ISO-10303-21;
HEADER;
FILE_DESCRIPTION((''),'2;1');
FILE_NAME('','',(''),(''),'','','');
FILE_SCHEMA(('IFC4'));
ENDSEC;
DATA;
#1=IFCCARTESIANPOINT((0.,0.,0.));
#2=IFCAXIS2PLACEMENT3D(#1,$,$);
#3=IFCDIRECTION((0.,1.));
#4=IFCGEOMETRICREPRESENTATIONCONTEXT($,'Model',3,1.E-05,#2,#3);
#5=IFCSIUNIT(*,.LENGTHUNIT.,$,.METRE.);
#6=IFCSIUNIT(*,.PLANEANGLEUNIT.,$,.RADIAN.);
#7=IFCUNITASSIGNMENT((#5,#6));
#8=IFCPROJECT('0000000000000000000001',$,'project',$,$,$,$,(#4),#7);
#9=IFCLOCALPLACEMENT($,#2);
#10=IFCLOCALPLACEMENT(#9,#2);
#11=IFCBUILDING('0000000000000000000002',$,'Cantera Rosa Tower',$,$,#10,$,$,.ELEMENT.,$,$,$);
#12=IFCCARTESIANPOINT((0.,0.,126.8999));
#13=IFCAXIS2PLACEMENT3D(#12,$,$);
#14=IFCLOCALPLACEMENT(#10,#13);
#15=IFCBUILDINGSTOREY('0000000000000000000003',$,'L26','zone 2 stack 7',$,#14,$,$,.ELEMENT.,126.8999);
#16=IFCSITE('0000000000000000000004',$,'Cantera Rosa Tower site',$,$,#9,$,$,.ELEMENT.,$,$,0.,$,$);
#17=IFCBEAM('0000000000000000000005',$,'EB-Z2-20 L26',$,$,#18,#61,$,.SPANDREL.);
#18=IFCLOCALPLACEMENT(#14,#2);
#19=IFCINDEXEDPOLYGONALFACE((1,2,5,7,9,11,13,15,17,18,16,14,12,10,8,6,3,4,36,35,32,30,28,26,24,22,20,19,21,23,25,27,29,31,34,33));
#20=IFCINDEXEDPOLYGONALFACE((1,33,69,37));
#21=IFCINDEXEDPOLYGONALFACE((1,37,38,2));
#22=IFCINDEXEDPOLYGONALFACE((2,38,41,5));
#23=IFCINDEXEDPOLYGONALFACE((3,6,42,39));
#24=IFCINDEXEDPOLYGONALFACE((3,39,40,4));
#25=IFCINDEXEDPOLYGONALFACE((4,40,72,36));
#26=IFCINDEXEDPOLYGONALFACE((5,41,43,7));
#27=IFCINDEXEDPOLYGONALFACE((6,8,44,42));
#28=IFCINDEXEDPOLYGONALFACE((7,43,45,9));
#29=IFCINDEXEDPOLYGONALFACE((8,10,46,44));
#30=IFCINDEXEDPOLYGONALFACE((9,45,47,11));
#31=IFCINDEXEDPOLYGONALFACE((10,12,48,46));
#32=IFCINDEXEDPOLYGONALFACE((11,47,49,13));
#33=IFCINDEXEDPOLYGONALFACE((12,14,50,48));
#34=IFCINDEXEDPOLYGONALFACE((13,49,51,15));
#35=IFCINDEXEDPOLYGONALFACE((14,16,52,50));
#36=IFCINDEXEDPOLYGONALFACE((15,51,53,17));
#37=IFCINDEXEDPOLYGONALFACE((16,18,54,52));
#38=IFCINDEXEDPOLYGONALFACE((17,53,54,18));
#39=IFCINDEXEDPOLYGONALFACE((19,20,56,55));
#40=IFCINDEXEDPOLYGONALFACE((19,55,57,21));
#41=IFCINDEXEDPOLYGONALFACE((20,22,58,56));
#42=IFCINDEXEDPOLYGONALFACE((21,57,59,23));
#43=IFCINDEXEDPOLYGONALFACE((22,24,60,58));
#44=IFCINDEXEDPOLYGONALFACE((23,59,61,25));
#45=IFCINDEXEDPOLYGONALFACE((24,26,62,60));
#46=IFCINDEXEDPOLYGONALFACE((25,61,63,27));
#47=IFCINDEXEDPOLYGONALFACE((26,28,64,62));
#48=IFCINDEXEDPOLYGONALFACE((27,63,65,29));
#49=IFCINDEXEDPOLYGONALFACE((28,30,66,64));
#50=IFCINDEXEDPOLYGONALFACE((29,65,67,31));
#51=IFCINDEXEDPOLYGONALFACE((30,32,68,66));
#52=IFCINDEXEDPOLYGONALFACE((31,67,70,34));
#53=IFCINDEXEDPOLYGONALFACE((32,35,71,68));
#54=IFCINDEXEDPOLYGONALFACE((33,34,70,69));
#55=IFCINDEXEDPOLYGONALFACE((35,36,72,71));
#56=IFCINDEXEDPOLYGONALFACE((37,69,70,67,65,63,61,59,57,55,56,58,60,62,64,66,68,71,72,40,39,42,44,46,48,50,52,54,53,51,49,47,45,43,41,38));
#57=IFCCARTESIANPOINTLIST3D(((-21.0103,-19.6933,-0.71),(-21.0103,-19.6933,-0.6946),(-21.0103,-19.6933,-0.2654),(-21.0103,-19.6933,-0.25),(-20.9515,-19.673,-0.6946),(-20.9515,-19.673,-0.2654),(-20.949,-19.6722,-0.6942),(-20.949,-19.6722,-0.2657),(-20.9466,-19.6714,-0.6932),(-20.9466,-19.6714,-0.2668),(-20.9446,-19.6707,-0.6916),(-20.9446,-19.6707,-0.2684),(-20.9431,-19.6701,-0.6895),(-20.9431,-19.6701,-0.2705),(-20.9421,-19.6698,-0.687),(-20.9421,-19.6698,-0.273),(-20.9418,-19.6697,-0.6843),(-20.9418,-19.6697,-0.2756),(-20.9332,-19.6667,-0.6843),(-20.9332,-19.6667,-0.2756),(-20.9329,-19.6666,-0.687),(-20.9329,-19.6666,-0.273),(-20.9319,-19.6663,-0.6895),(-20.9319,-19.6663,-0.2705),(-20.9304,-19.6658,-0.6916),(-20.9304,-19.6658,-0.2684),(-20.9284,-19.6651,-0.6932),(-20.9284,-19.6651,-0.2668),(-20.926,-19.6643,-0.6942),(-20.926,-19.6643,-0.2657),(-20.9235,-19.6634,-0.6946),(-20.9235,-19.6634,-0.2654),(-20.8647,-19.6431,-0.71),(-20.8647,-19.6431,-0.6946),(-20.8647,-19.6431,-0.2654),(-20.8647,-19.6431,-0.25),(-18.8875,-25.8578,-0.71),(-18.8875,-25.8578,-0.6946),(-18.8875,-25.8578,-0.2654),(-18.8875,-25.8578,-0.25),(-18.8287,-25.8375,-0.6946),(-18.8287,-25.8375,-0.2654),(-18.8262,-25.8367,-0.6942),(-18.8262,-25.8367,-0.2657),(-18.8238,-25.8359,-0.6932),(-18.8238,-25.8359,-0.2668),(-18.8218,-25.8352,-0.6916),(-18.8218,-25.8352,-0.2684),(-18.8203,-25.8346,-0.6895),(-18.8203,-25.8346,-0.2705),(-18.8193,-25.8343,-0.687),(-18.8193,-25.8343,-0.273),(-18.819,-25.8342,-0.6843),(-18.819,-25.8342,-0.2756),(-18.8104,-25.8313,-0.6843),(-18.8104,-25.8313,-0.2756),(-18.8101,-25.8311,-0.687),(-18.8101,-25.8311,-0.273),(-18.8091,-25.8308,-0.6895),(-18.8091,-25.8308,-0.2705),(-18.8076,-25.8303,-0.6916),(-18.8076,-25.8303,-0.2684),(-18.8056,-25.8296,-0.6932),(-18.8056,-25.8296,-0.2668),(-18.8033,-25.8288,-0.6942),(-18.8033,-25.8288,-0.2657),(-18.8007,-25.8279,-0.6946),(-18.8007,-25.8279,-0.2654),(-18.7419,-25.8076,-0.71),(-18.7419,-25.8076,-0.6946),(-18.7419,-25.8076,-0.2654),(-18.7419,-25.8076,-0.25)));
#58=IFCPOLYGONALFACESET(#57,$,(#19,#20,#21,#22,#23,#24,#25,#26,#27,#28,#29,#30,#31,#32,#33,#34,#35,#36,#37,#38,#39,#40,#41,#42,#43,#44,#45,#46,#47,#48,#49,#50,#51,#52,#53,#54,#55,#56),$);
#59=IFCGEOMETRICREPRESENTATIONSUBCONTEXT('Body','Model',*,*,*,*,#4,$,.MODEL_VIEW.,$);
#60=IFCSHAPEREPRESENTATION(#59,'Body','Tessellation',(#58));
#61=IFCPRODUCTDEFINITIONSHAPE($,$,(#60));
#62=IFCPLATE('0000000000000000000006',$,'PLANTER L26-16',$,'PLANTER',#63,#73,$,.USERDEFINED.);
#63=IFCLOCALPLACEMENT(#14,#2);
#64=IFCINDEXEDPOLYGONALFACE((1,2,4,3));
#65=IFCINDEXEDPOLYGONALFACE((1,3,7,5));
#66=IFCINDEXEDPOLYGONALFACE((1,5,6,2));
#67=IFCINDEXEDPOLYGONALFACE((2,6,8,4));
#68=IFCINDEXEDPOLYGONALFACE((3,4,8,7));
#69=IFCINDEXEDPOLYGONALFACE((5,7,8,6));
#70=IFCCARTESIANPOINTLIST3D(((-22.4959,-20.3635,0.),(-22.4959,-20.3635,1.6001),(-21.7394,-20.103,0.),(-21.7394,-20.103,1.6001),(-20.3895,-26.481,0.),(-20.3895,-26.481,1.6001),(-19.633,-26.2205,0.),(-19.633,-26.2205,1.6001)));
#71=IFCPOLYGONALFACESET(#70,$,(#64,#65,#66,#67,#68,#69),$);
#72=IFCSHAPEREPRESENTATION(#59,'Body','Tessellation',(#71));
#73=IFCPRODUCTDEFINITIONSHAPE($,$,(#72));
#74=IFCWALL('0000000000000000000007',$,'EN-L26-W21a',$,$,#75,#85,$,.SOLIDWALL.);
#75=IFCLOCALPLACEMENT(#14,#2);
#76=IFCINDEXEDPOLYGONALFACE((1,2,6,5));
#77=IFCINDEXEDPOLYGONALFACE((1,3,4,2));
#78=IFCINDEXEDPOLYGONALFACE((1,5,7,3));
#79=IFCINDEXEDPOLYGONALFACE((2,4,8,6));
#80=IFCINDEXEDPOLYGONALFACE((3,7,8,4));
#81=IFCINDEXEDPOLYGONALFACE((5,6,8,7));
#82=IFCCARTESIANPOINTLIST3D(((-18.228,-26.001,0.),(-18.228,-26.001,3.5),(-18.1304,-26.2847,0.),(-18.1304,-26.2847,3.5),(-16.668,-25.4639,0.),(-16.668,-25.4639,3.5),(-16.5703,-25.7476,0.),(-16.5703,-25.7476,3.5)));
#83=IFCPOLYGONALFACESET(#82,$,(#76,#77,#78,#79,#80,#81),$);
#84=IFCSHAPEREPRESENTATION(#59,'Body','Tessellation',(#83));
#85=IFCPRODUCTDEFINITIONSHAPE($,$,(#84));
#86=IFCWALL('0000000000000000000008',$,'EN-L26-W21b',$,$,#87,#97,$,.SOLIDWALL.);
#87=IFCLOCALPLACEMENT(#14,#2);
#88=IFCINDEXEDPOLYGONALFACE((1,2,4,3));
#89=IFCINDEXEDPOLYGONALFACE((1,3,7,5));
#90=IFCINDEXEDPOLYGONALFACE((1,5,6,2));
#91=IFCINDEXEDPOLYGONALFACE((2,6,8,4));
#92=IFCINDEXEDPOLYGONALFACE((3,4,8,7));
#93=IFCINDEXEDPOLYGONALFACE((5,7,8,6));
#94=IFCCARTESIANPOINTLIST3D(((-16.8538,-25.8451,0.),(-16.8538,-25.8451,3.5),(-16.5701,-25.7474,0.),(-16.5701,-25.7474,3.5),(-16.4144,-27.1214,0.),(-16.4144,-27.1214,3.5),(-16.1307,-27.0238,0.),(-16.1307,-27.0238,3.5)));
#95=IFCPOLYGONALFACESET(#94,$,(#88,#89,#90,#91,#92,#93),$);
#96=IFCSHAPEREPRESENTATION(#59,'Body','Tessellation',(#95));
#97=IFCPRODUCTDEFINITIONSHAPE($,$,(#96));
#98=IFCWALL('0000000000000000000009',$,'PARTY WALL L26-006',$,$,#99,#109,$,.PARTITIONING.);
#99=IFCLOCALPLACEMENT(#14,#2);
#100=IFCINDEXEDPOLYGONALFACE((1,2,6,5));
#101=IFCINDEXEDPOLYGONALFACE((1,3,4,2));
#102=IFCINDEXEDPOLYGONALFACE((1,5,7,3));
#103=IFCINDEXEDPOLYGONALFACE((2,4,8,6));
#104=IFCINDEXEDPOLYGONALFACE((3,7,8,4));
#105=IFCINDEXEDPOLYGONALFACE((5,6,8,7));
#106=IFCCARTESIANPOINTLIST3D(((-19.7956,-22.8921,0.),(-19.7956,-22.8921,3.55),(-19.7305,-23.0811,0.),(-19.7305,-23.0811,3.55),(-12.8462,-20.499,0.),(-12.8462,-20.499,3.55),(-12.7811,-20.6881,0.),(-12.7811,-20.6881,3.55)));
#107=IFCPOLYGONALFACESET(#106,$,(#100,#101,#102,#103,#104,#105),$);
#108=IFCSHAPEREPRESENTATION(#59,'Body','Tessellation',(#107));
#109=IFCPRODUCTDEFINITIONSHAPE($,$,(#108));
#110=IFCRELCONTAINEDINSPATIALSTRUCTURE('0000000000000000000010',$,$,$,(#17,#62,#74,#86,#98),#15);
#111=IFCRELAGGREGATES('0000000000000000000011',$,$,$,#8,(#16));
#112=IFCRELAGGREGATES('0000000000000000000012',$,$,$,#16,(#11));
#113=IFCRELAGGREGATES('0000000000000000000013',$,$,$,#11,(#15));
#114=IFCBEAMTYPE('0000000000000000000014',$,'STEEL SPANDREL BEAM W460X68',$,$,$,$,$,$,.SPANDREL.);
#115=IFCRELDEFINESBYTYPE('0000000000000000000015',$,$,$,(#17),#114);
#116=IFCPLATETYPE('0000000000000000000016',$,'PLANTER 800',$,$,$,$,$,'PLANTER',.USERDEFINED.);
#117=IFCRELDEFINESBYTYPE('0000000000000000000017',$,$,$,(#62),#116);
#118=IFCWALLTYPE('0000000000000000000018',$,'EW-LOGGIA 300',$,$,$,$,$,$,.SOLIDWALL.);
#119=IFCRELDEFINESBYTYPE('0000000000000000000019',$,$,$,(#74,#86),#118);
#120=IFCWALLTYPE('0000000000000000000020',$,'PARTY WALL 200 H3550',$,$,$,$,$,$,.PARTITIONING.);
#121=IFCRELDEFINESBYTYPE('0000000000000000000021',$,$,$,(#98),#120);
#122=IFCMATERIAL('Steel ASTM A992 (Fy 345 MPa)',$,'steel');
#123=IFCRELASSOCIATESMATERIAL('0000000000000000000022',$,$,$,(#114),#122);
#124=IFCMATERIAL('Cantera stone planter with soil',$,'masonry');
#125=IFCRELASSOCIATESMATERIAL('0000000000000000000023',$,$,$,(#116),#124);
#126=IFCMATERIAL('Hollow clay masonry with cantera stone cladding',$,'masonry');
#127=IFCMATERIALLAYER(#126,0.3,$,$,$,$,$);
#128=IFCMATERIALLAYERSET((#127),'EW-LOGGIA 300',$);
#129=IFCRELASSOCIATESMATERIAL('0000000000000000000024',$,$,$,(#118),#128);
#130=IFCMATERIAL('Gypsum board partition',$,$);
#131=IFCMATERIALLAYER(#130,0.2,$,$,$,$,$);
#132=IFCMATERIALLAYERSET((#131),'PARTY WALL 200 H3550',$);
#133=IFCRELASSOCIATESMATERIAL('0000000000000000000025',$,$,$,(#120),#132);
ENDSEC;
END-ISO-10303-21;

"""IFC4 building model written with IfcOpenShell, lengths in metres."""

from ifc_helpers import new_model, si_unit, direction, frame, frame_2d, origin, origin_2d, place, context, subcontext, project, spatial, rectangle, i_section, extrude, material, layer, layer_set, material_profile, profile_set, type_object, element, save


model = new_model("IFC4")

# Units and contexts
model_context = context("Model", 3, precision=1e-05, world=origin(), true_north=direction((0.0, 1.0)))
body_context = subcontext(model_context, "Body", "Model", "MODEL_VIEW")
ifc_project = project(units=[si_unit("LENGTHUNIT", "METRE"), si_unit("PLANEANGLEUNIT", "RADIAN")], contexts=[model_context])

# Site, building, storey
site_placement = place(None, origin())
site = spatial("IfcSite", under=ifc_project, at=site_placement, Name="Cantera Rosa Tower site", CompositionType="ELEMENT", RefElevation=0.0)
building_placement = place(site_placement, origin())
building = spatial("IfcBuilding", under=site, at=building_placement, Name="Cantera Rosa Tower", CompositionType="ELEMENT")
storey_placement = place(building_placement, frame((0.0, 0.0, 126.8999)))
storey = spatial("IfcBuildingStorey", under=building, at=storey_placement, Name="L26", Description="zone 2 stack 7", CompositionType="ELEMENT", Elevation=126.8999)

# Beam
ifc_material_1 = material(Name="Steel ASTM A992 (Fy 345 MPa)", Category="steel")
ifc_material_profile_1 = material_profile(ifc_material_1, i_section(OverallWidth=0.1541, OverallDepth=0.46, WebThickness=0.009, FlangeThickness=0.0154, FilletRadius=0.0103, at=origin_2d()), Name="W460X68")
ifc_profile_set_1 = profile_set([ifc_material_profile_1], Name="Steel ASTM A992 (Fy 345 MPa)")
beam_type_1 = type_object("IfcBeamType", Name="STEEL SPANDREL BEAM W460X68", PredefinedType="SPANDREL", material=ifc_profile_set_1)
beam_1_placement = place(storey_placement, frame((-20.9375, -19.6682, -0.48), z_axis=(0.325593, -0.94551, 0.0), x_axis=(0.94551, 0.325593, 0.0)))
element("IfcBeam", 1, at=beam_1_placement, inside=storey, type_object=beam_type_1, Name="EB-Z2-20 L26", PredefinedType="SPANDREL", context=body_context, shape_type="SweptSolid", body=[
    extrude(i_section(OverallWidth=0.1541, OverallDepth=0.46, WebThickness=0.009, FlangeThickness=0.0154, FilletRadius=0.0103, at=origin_2d()), origin(), (0.0, 0.0, 1.0), 6.5198),
])

# Plate
ifc_material_2 = material(Name="Cantera stone planter with soil", Category="masonry")
plate_type = type_object("IfcPlateType", Name="PLANTER 800", ElementType="PLANTER", PredefinedType="USERDEFINED", material=ifc_material_2)
plate_placement = place(storey_placement, frame((-21.0645, -23.292, 0.0), z_axis=(0.0, 0.0, 1.0), x_axis=(0.325568, -0.945519, 0.0)))
element("IfcPlate", 2, at=plate_placement, inside=storey, type_object=plate_type, Name="PLANTER L26-16", ObjectType="PLANTER", PredefinedType="USERDEFINED", context=body_context, shape_type="SweptSolid", body=[
    extrude(rectangle(XDim=6.47, YDim=0.8, at=origin_2d()), origin(), (0.0, 0.0, 1.0), 1.6001),
])

# Walls
ifc_material_3 = material(Name="Hollow clay masonry with cantera stone cladding", Category="masonry")
ifc_layer_1 = layer(ifc_material_3, 0.3)
ifc_layer_set_1 = layer_set([ifc_layer_1], Name="EW-LOGGIA 300")
wall_type_1 = type_object("IfcWallType", Name="EW-LOGGIA 300", PredefinedType="SOLIDWALL", material=ifc_layer_set_1)
wall_1_placement = place(storey_placement, frame((-18.1792, -26.1428, 0.0), z_axis=(0.0, 0.0, 1.0), x_axis=(0.94553, 0.325535, 0.0)))
element("IfcWall", 3, at=wall_1_placement, inside=storey, type_object=wall_type_1, Name="EN-L26-W21a", PredefinedType="SOLIDWALL", context=body_context, shape_type="SweptSolid", body=[
    extrude(rectangle(XDim=1.6499, YDim=0.3, at=frame_2d((0.825, 0.0))), origin(), (0.0, 0.0, 1.0), 3.5),
])
wall_2_placement = place(storey_placement, frame((-16.7119, -25.7964, 0.0), z_axis=(0.0, 0.0, 1.0), x_axis=(0.325545, -0.945527, 0.0)))
element("IfcWall", 4, at=wall_2_placement, inside=storey, type_object=wall_type_1, Name="EN-L26-W21b", PredefinedType="SOLIDWALL", context=body_context, shape_type="SweptSolid", body=[
    extrude(rectangle(XDim=1.3499, YDim=0.3, at=frame_2d((0.6748, 0.0))), origin(), (0.0, 0.0, 1.0), 3.5),
])

# Wall
ifc_material_4 = material(Name="Gypsum board partition")
ifc_layer_2 = layer(ifc_material_4, 0.2)
ifc_layer_set_2 = layer_set([ifc_layer_2], Name="PARTY WALL 200 H3550")
wall_type_2 = type_object("IfcWallType", Name="PARTY WALL 200 H3550", PredefinedType="PARTITIONING", material=ifc_layer_set_2)
wall_3_placement = place(storey_placement, frame((-19.7629, -22.9866, 0.0), z_axis=(0.0, 0.0, 1.0), x_axis=(0.945511, 0.325589, 0.0)))
element("IfcWall", 5, at=wall_3_placement, inside=storey, type_object=wall_type_2, Name="PARTY WALL L26-006", PredefinedType="PARTITIONING", context=body_context, shape_type="SweptSolid", body=[
    extrude(rectangle(XDim=7.3499, YDim=0.2, at=frame_2d((3.6748, 0.0))), origin(), (0.0, 0.0, 1.0), 3.55),
])

save(model, "model.ifc")
